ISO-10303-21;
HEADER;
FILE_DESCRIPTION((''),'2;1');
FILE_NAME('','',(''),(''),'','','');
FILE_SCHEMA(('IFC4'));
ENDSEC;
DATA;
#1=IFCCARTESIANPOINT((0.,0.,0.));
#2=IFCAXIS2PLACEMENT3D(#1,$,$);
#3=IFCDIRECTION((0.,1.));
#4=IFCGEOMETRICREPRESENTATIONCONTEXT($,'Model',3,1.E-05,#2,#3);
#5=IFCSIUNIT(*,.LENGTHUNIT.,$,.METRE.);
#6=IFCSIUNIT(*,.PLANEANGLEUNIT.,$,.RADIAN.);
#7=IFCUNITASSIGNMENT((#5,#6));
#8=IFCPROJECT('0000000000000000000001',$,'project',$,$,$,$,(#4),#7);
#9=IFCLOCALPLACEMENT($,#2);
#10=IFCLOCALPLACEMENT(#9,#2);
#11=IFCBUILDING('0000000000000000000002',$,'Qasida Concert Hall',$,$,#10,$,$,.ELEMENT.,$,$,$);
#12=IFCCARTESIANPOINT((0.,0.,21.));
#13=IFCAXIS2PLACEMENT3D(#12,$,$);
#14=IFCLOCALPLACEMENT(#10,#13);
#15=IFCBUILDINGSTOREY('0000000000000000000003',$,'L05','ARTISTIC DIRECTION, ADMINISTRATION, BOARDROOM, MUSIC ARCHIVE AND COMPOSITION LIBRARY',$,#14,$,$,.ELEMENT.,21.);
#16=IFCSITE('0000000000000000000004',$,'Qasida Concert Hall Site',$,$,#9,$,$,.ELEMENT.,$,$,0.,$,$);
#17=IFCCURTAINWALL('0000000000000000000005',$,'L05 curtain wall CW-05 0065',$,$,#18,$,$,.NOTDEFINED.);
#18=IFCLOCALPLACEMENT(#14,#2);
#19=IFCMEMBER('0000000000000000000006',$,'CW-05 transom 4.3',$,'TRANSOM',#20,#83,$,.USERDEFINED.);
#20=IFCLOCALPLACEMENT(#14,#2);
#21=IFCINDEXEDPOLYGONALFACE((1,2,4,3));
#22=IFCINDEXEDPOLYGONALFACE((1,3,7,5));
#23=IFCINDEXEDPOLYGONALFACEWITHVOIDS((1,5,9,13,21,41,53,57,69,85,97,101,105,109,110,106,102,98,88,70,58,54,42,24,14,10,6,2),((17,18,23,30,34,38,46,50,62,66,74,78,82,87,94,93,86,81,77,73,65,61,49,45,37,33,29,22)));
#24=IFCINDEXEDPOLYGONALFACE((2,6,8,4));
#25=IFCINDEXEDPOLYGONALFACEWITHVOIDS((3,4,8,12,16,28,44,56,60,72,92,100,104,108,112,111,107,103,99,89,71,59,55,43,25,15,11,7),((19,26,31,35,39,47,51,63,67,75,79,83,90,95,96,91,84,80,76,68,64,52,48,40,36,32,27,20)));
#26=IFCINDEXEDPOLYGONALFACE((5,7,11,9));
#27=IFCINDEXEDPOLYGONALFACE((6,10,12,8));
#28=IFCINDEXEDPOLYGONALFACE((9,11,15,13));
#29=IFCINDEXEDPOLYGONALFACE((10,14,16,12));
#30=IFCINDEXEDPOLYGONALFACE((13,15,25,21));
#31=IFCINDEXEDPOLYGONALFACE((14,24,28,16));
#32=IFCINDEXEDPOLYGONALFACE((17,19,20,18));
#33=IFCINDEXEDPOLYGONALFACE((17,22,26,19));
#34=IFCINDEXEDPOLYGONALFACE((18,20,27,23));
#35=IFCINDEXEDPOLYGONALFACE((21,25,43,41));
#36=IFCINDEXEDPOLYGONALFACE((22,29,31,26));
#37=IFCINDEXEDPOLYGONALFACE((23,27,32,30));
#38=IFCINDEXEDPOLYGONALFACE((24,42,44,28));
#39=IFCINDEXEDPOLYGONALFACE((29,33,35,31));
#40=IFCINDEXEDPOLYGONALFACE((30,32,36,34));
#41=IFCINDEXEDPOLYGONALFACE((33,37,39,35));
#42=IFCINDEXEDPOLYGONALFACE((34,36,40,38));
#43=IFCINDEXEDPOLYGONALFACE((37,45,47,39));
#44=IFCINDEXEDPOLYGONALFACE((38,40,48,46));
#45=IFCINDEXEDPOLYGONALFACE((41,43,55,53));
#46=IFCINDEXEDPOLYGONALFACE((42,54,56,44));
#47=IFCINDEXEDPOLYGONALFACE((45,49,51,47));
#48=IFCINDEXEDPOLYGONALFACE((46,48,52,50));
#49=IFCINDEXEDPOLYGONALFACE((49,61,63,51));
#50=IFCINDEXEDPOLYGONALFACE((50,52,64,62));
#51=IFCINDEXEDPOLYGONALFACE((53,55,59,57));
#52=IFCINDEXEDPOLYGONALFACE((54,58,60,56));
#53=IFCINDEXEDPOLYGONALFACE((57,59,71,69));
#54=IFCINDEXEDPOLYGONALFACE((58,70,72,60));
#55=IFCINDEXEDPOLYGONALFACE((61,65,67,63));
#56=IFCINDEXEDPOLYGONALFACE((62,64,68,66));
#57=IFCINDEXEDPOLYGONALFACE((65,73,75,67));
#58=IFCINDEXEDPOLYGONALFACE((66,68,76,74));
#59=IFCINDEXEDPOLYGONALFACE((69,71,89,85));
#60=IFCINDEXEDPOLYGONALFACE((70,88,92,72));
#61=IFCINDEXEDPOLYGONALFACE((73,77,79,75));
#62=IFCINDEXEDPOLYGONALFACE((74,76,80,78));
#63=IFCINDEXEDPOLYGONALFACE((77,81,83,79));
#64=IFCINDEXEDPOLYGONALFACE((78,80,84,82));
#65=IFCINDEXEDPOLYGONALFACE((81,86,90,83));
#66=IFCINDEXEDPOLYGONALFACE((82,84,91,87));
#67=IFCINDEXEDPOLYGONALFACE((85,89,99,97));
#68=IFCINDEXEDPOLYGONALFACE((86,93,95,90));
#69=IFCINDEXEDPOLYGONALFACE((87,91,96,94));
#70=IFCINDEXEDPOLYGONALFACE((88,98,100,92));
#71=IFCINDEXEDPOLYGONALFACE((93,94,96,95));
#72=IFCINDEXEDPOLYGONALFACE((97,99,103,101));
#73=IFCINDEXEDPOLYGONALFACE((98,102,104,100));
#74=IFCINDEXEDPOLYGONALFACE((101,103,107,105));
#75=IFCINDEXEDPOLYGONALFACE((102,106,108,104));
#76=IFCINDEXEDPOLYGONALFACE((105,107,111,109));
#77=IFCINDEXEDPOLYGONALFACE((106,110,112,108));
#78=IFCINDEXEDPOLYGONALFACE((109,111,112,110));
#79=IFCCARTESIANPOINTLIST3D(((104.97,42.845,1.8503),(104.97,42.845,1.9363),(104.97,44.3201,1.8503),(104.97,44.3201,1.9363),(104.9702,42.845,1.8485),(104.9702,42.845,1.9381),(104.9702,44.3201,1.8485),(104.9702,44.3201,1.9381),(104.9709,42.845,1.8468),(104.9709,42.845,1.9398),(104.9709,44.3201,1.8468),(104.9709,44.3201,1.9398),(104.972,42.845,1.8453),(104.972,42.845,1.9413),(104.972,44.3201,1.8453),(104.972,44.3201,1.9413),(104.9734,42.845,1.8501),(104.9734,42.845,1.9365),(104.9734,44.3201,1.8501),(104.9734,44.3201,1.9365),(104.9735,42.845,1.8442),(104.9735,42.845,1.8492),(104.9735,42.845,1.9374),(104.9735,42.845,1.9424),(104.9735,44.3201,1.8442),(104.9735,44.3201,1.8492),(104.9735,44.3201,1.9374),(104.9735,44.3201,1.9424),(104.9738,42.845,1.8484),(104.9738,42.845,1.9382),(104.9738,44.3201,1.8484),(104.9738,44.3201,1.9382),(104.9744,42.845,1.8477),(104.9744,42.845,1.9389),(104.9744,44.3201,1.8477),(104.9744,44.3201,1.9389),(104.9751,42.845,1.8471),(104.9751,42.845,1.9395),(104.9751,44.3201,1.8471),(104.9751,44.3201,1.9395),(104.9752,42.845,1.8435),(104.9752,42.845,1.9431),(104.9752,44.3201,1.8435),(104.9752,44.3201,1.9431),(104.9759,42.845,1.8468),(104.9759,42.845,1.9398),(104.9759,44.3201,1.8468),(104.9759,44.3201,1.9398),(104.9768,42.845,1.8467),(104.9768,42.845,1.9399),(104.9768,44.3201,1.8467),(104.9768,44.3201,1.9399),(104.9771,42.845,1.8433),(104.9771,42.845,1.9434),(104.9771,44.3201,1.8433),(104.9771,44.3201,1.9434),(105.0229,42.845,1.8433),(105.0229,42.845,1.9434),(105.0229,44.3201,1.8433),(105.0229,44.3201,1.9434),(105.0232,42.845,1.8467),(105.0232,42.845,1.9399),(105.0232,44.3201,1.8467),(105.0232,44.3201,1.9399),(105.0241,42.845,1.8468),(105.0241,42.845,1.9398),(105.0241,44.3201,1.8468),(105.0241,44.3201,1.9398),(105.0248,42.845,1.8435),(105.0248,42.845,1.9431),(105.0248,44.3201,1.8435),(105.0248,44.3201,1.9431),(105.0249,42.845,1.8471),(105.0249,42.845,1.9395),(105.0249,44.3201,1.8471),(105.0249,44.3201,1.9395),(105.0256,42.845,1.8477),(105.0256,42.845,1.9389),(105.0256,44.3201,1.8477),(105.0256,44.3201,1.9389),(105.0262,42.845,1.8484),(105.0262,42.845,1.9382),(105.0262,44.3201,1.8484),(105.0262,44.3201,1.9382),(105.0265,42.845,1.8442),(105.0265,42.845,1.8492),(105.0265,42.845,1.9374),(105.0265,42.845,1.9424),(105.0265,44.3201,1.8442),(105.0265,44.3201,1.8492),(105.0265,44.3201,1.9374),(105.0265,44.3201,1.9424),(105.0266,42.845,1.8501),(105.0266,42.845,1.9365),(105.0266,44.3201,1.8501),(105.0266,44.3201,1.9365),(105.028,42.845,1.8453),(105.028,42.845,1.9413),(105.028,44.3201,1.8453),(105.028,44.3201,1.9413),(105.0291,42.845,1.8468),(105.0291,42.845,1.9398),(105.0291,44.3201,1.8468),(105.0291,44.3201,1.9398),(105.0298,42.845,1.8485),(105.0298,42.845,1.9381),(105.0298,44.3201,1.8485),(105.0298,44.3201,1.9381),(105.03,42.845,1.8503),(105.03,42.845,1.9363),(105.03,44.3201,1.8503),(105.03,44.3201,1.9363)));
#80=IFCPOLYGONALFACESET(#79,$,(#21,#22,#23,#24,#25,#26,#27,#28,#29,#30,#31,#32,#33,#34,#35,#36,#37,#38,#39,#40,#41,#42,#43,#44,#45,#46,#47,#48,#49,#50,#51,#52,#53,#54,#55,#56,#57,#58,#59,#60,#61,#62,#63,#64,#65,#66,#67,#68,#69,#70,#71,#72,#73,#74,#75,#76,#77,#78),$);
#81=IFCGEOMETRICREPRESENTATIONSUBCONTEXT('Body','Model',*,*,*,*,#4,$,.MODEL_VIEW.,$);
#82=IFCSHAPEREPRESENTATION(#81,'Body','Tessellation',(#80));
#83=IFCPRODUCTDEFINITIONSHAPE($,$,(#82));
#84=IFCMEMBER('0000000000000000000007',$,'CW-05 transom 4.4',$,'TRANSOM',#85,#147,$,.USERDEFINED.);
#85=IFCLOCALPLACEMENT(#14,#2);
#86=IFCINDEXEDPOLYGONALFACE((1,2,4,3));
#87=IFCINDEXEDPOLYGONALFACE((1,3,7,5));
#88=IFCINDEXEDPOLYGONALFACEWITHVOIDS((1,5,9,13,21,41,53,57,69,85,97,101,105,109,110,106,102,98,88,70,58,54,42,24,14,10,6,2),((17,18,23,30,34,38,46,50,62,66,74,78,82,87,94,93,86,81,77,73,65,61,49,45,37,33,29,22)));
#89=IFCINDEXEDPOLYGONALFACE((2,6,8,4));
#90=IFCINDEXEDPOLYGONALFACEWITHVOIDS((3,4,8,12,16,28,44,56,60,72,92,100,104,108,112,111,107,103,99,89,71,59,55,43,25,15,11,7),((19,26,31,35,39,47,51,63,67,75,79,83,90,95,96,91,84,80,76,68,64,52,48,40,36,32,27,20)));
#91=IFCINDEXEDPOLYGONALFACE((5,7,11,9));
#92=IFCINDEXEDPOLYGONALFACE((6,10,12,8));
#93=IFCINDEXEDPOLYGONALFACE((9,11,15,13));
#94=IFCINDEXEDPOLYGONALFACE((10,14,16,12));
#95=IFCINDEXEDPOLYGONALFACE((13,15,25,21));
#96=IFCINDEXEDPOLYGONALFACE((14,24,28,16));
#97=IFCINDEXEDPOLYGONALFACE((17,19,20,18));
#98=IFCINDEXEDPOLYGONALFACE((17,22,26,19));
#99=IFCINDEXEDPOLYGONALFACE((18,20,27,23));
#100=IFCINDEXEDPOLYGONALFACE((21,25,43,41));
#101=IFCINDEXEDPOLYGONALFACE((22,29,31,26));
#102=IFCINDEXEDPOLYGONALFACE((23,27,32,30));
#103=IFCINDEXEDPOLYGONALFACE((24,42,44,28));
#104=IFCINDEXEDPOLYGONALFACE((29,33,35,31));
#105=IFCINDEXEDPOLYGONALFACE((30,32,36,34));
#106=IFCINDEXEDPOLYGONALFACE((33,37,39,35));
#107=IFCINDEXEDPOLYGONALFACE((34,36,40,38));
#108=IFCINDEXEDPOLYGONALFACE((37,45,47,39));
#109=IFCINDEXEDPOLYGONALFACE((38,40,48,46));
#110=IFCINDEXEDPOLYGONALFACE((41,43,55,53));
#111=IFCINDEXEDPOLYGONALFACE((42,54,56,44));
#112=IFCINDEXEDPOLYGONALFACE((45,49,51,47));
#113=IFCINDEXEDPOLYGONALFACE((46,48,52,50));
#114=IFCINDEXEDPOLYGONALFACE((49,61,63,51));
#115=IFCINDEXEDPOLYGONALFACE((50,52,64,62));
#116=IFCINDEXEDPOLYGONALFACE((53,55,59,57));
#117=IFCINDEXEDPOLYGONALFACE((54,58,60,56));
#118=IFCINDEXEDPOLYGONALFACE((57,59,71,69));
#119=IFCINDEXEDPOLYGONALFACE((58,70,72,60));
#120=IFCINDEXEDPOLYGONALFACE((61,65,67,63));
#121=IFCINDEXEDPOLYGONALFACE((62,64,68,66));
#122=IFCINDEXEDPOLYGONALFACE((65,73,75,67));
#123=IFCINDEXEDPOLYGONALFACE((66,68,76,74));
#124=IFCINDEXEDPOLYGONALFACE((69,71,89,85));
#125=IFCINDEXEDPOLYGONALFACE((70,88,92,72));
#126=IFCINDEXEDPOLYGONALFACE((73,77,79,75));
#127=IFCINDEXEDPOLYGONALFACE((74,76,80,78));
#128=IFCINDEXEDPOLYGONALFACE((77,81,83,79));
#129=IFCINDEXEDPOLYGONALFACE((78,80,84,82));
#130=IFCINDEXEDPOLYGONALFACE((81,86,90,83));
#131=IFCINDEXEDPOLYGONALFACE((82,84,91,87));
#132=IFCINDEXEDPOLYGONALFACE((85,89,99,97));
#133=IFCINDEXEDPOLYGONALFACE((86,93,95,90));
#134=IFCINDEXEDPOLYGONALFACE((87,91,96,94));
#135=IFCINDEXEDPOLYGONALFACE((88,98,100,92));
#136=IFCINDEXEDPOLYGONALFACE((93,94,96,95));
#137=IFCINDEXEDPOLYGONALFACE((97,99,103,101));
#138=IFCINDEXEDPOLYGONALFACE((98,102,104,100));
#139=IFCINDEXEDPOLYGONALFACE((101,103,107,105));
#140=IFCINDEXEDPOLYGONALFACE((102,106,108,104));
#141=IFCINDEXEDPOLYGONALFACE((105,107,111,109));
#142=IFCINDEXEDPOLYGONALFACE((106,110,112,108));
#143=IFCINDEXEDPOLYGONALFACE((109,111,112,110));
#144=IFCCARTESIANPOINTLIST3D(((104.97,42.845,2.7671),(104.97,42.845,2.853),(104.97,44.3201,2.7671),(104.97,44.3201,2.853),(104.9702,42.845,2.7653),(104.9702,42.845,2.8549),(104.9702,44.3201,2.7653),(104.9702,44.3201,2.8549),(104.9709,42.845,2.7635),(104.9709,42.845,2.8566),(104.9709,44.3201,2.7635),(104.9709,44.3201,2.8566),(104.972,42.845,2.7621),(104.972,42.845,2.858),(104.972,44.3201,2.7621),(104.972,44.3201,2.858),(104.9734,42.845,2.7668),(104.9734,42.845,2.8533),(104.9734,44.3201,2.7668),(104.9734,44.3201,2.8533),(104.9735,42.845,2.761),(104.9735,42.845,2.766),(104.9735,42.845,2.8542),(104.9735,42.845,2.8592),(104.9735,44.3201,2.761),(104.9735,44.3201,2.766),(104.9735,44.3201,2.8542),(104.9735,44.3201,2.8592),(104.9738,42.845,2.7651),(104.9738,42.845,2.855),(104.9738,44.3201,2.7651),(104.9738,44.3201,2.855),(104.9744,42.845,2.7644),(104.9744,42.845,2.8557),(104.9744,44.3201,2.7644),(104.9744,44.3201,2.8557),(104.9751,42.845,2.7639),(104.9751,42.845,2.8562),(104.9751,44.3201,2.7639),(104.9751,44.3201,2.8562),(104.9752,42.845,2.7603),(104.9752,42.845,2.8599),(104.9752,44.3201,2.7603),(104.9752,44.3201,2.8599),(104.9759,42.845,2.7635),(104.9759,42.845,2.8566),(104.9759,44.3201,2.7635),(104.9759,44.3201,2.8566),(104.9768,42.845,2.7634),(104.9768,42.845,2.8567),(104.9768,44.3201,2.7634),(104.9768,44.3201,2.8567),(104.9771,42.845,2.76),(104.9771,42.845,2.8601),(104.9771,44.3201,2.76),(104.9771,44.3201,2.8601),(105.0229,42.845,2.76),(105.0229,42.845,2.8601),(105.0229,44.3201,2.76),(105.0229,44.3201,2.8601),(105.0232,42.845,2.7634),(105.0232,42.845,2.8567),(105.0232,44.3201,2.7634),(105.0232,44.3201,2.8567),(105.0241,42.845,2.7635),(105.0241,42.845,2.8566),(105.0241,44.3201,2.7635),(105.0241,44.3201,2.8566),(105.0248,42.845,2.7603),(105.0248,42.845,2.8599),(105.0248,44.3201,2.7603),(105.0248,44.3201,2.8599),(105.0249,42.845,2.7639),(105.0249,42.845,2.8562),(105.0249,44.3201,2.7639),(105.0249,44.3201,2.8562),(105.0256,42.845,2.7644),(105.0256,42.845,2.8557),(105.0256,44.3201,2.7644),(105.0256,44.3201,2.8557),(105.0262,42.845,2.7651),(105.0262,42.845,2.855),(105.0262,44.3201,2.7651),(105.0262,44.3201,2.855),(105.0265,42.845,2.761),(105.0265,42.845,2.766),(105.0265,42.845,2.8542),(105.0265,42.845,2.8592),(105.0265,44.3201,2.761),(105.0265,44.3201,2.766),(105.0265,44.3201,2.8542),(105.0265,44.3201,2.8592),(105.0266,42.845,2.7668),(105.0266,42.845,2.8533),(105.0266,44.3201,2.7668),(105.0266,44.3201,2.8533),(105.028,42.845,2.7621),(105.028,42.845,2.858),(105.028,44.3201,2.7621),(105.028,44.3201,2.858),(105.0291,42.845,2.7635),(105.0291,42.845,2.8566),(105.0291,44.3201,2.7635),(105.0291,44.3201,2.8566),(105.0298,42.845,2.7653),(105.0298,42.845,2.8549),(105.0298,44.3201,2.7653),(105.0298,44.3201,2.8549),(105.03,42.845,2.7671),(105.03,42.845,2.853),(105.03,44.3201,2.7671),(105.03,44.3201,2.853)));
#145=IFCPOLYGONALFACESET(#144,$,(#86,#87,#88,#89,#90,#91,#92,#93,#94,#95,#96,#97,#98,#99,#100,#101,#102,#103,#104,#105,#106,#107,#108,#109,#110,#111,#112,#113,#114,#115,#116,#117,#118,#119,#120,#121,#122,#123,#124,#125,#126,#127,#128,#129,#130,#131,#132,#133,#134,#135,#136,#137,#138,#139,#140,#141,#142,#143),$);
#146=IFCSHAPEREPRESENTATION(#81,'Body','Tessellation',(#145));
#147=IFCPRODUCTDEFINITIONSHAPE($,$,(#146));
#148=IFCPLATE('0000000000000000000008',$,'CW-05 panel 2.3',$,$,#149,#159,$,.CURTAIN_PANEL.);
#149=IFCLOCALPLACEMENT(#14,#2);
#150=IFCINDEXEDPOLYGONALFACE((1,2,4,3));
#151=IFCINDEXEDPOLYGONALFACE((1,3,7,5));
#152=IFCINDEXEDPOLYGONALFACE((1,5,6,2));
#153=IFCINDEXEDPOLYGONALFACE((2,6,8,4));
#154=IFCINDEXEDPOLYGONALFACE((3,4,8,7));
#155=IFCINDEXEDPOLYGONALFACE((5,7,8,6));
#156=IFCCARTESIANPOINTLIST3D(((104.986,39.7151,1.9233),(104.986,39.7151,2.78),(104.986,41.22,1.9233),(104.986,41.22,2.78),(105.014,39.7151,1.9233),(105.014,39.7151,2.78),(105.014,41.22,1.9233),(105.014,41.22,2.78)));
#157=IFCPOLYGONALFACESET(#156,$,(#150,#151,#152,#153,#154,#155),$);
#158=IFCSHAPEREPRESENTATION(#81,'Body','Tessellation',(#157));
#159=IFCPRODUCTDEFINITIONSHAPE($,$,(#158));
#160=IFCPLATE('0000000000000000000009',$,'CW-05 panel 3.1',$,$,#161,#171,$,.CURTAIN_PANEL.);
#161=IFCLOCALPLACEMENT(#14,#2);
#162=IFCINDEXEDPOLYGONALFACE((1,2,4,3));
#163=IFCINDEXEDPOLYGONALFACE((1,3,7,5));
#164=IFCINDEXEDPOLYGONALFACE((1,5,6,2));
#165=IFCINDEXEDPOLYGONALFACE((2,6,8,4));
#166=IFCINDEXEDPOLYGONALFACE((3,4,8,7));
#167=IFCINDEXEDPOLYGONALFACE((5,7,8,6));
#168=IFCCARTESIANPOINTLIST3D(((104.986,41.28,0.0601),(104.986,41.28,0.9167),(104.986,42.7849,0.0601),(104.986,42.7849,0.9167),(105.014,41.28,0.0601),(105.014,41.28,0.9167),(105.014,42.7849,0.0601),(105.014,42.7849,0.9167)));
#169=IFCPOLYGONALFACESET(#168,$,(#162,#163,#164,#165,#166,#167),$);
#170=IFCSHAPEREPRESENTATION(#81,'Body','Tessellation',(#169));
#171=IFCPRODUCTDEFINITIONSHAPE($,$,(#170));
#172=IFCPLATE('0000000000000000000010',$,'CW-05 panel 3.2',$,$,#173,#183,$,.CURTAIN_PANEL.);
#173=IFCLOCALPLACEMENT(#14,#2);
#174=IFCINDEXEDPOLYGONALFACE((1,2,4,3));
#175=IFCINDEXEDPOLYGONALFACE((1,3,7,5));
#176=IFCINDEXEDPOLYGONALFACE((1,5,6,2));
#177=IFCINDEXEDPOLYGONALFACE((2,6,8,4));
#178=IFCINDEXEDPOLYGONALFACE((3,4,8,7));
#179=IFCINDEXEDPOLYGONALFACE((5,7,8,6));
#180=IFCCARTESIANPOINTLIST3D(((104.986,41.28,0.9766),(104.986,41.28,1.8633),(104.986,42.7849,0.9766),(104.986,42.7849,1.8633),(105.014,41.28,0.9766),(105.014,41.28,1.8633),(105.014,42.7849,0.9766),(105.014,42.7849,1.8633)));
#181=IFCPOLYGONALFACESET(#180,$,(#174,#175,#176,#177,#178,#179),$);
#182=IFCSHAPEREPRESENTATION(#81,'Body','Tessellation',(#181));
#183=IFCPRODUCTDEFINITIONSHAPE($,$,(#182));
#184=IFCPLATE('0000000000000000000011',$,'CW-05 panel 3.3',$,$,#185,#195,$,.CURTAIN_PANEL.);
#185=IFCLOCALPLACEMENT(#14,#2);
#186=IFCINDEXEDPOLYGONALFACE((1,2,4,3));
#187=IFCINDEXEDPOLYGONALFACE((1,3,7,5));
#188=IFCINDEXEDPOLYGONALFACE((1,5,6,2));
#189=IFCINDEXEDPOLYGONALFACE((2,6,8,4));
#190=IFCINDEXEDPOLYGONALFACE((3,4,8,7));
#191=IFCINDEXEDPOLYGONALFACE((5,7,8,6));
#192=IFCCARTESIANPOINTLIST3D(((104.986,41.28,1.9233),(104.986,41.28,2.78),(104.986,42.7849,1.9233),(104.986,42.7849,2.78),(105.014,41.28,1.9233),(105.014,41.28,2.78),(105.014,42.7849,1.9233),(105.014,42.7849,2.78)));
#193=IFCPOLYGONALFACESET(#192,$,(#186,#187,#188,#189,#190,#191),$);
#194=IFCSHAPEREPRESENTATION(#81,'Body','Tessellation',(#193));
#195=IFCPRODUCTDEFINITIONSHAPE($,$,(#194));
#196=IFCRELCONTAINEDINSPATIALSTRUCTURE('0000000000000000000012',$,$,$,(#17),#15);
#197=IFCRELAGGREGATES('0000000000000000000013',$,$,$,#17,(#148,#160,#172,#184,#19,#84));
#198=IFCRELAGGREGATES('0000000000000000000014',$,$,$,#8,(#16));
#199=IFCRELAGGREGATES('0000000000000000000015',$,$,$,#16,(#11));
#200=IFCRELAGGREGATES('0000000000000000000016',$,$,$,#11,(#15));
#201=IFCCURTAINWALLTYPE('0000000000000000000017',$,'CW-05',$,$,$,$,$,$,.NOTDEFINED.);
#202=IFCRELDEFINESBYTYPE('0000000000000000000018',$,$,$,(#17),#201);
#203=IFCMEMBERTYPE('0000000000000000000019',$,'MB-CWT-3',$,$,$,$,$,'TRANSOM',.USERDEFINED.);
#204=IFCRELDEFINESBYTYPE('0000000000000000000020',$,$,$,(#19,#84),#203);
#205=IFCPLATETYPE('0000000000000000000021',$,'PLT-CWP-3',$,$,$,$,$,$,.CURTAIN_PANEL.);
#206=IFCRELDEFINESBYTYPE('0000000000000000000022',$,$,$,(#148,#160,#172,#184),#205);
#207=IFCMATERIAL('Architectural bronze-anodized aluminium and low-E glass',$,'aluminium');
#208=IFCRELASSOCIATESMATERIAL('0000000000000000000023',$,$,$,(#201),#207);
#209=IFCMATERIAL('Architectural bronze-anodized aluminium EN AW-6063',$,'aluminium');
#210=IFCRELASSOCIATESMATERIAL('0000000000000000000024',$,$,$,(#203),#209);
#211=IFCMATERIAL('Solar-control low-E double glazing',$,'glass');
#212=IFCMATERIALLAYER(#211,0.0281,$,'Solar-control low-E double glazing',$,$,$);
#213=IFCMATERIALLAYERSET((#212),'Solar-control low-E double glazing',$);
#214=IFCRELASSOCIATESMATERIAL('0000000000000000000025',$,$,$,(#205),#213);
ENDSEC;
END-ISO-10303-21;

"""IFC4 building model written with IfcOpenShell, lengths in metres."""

from ifc_helpers import new_model, si_unit, direction, frame, origin, origin_2d, place, context, subcontext, project, spatial, rectangle, hollow_rectangle, extrude, material, layer, layer_set, material_profile, profile_set, type_object, element, aggregate, save


model = new_model("IFC4")

# Units and contexts
model_context = context("Model", 3, precision=1e-05, world=origin(), true_north=direction((0.0, 1.0)))
body_context = subcontext(model_context, "Body", "Model", "MODEL_VIEW")
ifc_project = project(units=[si_unit("LENGTHUNIT", "METRE"), si_unit("PLANEANGLEUNIT", "RADIAN")], contexts=[model_context])

# Site, building, storey
site_placement = place(None, origin())
site = spatial("IfcSite", under=ifc_project, at=site_placement, Name="Qasida Concert Hall Site", CompositionType="ELEMENT", RefElevation=0.0)
building_placement = place(site_placement, origin())
building = spatial("IfcBuilding", under=site, at=building_placement, Name="Qasida Concert Hall", CompositionType="ELEMENT")
storey_placement = place(building_placement, frame((0.0, 0.0, 21.0)))
storey = spatial("IfcBuildingStorey", under=building, at=storey_placement, Name="L05", Description="ARTISTIC DIRECTION, ADMINISTRATION, BOARDROOM, MUSIC ARCHIVE AND COMPOSITION LIBRARY", CompositionType="ELEMENT", Elevation=21.0)

# Curtain wall, members, plates
ifc_material_1 = material(Name="Architectural bronze-anodized aluminium and low-E glass", Category="aluminium")
curtain_wall_type = type_object("IfcCurtainWallType", Name="CW-05", PredefinedType="NOTDEFINED", material=ifc_material_1)
curtain_wall_placement = place(storey_placement, origin())
curtain_wall = element("IfcCurtainWall", 1, at=curtain_wall_placement, inside=storey, type_object=curtain_wall_type, Name="L05 curtain wall CW-05 0065", PredefinedType="NOTDEFINED")
ifc_material_2 = material(Name="Architectural bronze-anodized aluminium EN AW-6063", Category="aluminium")
ifc_material_profile_1 = material_profile(ifc_material_2, hollow_rectangle(XDim=0.0601, YDim=0.1001, WallThickness=0.0034, InnerFilletRadius=0.0034, OuterFilletRadius=0.0071, at=origin_2d()), Name="CWT 100x60x3.5")
ifc_profile_set_1 = profile_set([ifc_material_profile_1], Name="Architectural bronze-anodized aluminium EN AW-6063")
member_type_1 = type_object("IfcMemberType", Name="MB-CWT-3", ElementType="TRANSOM", PredefinedType="USERDEFINED", material=ifc_profile_set_1)
member_1_placement = place(storey_placement, frame((105.0, 42.845, 1.8933), z_axis=(0.0, 1.0, 0.0), x_axis=(-1.0, 0.0, 0.0)))
member_1 = element("IfcMember", 2, at=member_1_placement, type_object=member_type_1, Name="CW-05 transom 4.3", ObjectType="TRANSOM", PredefinedType="USERDEFINED", context=body_context, shape_type="SweptSolid", body=[
    extrude(hollow_rectangle(XDim=0.0601, YDim=0.1001, WallThickness=0.0034, InnerFilletRadius=0.0034, OuterFilletRadius=0.0071, at=origin_2d()), origin(), (0.0, 0.0, 1.0), 1.4751),
])
member_2_placement = place(storey_placement, frame((105.0, 42.845, 2.8101), z_axis=(0.0, 1.0, 0.0), x_axis=(-1.0, 0.0, 0.0)))
member_2 = element("IfcMember", 3, at=member_2_placement, type_object=member_type_1, Name="CW-05 transom 4.4", ObjectType="TRANSOM", PredefinedType="USERDEFINED", context=body_context, shape_type="SweptSolid", body=[
    extrude(hollow_rectangle(XDim=0.0601, YDim=0.1001, WallThickness=0.0034, InnerFilletRadius=0.0034, OuterFilletRadius=0.0071, at=origin_2d()), origin(), (0.0, 0.0, 1.0), 1.4751),
])
ifc_material_3 = material(Name="Solar-control low-E double glazing", Category="glass")
ifc_layer_1 = layer(ifc_material_3, 0.0281, Name="Solar-control low-E double glazing")
ifc_layer_set_1 = layer_set([ifc_layer_1], Name="Solar-control low-E double glazing")
plate_type = type_object("IfcPlateType", Name="PLT-CWP-3", PredefinedType="CURTAIN_PANEL", material=ifc_layer_set_1)
plate_1_placement = place(storey_placement, frame((105.0, 40.4675, 1.9233), z_axis=(0.0, 0.0, 1.0), x_axis=(0.0, 1.0, 0.0)))
plate_1 = element("IfcPlate", 4, at=plate_1_placement, type_object=plate_type, Name="CW-05 panel 2.3", PredefinedType="CURTAIN_PANEL", context=body_context, shape_type="SweptSolid", body=[
    extrude(rectangle(XDim=1.5049, YDim=0.0281, at=origin_2d()), origin(), (0.0, 0.0, 1.0), 0.8567),
])
plate_2_placement = place(storey_placement, frame((105.0, 42.0325, 0.0601), z_axis=(0.0, 0.0, 1.0), x_axis=(0.0, 1.0, 0.0)))
plate_2 = element("IfcPlate", 5, at=plate_2_placement, type_object=plate_type, Name="CW-05 panel 3.1", PredefinedType="CURTAIN_PANEL", context=body_context, shape_type="SweptSolid", body=[
    extrude(rectangle(XDim=1.5049, YDim=0.0281, at=origin_2d()), origin(), (0.0, 0.0, 1.0), 0.8567),
])
plate_3_placement = place(storey_placement, frame((105.0, 42.0325, 0.9766), z_axis=(0.0, 0.0, 1.0), x_axis=(0.0, 1.0, 0.0)))
plate_3 = element("IfcPlate", 6, at=plate_3_placement, type_object=plate_type, Name="CW-05 panel 3.2", PredefinedType="CURTAIN_PANEL", context=body_context, shape_type="SweptSolid", body=[
    extrude(rectangle(XDim=1.5049, YDim=0.0281, at=origin_2d()), origin(), (0.0, 0.0, 1.0), 0.8867),
])
plate_4_placement = place(storey_placement, frame((105.0, 42.0325, 1.9233), z_axis=(0.0, 0.0, 1.0), x_axis=(0.0, 1.0, 0.0)))
plate_4 = element("IfcPlate", 7, at=plate_4_placement, type_object=plate_type, Name="CW-05 panel 3.3", PredefinedType="CURTAIN_PANEL", context=body_context, shape_type="SweptSolid", body=[
    extrude(rectangle(XDim=1.5049, YDim=0.0281, at=origin_2d()), origin(), (0.0, 0.0, 1.0), 0.8567),
])
aggregate(curtain_wall, [plate_1, plate_2, plate_3, plate_4, member_1, member_2])

save(model, "model.ifc")
